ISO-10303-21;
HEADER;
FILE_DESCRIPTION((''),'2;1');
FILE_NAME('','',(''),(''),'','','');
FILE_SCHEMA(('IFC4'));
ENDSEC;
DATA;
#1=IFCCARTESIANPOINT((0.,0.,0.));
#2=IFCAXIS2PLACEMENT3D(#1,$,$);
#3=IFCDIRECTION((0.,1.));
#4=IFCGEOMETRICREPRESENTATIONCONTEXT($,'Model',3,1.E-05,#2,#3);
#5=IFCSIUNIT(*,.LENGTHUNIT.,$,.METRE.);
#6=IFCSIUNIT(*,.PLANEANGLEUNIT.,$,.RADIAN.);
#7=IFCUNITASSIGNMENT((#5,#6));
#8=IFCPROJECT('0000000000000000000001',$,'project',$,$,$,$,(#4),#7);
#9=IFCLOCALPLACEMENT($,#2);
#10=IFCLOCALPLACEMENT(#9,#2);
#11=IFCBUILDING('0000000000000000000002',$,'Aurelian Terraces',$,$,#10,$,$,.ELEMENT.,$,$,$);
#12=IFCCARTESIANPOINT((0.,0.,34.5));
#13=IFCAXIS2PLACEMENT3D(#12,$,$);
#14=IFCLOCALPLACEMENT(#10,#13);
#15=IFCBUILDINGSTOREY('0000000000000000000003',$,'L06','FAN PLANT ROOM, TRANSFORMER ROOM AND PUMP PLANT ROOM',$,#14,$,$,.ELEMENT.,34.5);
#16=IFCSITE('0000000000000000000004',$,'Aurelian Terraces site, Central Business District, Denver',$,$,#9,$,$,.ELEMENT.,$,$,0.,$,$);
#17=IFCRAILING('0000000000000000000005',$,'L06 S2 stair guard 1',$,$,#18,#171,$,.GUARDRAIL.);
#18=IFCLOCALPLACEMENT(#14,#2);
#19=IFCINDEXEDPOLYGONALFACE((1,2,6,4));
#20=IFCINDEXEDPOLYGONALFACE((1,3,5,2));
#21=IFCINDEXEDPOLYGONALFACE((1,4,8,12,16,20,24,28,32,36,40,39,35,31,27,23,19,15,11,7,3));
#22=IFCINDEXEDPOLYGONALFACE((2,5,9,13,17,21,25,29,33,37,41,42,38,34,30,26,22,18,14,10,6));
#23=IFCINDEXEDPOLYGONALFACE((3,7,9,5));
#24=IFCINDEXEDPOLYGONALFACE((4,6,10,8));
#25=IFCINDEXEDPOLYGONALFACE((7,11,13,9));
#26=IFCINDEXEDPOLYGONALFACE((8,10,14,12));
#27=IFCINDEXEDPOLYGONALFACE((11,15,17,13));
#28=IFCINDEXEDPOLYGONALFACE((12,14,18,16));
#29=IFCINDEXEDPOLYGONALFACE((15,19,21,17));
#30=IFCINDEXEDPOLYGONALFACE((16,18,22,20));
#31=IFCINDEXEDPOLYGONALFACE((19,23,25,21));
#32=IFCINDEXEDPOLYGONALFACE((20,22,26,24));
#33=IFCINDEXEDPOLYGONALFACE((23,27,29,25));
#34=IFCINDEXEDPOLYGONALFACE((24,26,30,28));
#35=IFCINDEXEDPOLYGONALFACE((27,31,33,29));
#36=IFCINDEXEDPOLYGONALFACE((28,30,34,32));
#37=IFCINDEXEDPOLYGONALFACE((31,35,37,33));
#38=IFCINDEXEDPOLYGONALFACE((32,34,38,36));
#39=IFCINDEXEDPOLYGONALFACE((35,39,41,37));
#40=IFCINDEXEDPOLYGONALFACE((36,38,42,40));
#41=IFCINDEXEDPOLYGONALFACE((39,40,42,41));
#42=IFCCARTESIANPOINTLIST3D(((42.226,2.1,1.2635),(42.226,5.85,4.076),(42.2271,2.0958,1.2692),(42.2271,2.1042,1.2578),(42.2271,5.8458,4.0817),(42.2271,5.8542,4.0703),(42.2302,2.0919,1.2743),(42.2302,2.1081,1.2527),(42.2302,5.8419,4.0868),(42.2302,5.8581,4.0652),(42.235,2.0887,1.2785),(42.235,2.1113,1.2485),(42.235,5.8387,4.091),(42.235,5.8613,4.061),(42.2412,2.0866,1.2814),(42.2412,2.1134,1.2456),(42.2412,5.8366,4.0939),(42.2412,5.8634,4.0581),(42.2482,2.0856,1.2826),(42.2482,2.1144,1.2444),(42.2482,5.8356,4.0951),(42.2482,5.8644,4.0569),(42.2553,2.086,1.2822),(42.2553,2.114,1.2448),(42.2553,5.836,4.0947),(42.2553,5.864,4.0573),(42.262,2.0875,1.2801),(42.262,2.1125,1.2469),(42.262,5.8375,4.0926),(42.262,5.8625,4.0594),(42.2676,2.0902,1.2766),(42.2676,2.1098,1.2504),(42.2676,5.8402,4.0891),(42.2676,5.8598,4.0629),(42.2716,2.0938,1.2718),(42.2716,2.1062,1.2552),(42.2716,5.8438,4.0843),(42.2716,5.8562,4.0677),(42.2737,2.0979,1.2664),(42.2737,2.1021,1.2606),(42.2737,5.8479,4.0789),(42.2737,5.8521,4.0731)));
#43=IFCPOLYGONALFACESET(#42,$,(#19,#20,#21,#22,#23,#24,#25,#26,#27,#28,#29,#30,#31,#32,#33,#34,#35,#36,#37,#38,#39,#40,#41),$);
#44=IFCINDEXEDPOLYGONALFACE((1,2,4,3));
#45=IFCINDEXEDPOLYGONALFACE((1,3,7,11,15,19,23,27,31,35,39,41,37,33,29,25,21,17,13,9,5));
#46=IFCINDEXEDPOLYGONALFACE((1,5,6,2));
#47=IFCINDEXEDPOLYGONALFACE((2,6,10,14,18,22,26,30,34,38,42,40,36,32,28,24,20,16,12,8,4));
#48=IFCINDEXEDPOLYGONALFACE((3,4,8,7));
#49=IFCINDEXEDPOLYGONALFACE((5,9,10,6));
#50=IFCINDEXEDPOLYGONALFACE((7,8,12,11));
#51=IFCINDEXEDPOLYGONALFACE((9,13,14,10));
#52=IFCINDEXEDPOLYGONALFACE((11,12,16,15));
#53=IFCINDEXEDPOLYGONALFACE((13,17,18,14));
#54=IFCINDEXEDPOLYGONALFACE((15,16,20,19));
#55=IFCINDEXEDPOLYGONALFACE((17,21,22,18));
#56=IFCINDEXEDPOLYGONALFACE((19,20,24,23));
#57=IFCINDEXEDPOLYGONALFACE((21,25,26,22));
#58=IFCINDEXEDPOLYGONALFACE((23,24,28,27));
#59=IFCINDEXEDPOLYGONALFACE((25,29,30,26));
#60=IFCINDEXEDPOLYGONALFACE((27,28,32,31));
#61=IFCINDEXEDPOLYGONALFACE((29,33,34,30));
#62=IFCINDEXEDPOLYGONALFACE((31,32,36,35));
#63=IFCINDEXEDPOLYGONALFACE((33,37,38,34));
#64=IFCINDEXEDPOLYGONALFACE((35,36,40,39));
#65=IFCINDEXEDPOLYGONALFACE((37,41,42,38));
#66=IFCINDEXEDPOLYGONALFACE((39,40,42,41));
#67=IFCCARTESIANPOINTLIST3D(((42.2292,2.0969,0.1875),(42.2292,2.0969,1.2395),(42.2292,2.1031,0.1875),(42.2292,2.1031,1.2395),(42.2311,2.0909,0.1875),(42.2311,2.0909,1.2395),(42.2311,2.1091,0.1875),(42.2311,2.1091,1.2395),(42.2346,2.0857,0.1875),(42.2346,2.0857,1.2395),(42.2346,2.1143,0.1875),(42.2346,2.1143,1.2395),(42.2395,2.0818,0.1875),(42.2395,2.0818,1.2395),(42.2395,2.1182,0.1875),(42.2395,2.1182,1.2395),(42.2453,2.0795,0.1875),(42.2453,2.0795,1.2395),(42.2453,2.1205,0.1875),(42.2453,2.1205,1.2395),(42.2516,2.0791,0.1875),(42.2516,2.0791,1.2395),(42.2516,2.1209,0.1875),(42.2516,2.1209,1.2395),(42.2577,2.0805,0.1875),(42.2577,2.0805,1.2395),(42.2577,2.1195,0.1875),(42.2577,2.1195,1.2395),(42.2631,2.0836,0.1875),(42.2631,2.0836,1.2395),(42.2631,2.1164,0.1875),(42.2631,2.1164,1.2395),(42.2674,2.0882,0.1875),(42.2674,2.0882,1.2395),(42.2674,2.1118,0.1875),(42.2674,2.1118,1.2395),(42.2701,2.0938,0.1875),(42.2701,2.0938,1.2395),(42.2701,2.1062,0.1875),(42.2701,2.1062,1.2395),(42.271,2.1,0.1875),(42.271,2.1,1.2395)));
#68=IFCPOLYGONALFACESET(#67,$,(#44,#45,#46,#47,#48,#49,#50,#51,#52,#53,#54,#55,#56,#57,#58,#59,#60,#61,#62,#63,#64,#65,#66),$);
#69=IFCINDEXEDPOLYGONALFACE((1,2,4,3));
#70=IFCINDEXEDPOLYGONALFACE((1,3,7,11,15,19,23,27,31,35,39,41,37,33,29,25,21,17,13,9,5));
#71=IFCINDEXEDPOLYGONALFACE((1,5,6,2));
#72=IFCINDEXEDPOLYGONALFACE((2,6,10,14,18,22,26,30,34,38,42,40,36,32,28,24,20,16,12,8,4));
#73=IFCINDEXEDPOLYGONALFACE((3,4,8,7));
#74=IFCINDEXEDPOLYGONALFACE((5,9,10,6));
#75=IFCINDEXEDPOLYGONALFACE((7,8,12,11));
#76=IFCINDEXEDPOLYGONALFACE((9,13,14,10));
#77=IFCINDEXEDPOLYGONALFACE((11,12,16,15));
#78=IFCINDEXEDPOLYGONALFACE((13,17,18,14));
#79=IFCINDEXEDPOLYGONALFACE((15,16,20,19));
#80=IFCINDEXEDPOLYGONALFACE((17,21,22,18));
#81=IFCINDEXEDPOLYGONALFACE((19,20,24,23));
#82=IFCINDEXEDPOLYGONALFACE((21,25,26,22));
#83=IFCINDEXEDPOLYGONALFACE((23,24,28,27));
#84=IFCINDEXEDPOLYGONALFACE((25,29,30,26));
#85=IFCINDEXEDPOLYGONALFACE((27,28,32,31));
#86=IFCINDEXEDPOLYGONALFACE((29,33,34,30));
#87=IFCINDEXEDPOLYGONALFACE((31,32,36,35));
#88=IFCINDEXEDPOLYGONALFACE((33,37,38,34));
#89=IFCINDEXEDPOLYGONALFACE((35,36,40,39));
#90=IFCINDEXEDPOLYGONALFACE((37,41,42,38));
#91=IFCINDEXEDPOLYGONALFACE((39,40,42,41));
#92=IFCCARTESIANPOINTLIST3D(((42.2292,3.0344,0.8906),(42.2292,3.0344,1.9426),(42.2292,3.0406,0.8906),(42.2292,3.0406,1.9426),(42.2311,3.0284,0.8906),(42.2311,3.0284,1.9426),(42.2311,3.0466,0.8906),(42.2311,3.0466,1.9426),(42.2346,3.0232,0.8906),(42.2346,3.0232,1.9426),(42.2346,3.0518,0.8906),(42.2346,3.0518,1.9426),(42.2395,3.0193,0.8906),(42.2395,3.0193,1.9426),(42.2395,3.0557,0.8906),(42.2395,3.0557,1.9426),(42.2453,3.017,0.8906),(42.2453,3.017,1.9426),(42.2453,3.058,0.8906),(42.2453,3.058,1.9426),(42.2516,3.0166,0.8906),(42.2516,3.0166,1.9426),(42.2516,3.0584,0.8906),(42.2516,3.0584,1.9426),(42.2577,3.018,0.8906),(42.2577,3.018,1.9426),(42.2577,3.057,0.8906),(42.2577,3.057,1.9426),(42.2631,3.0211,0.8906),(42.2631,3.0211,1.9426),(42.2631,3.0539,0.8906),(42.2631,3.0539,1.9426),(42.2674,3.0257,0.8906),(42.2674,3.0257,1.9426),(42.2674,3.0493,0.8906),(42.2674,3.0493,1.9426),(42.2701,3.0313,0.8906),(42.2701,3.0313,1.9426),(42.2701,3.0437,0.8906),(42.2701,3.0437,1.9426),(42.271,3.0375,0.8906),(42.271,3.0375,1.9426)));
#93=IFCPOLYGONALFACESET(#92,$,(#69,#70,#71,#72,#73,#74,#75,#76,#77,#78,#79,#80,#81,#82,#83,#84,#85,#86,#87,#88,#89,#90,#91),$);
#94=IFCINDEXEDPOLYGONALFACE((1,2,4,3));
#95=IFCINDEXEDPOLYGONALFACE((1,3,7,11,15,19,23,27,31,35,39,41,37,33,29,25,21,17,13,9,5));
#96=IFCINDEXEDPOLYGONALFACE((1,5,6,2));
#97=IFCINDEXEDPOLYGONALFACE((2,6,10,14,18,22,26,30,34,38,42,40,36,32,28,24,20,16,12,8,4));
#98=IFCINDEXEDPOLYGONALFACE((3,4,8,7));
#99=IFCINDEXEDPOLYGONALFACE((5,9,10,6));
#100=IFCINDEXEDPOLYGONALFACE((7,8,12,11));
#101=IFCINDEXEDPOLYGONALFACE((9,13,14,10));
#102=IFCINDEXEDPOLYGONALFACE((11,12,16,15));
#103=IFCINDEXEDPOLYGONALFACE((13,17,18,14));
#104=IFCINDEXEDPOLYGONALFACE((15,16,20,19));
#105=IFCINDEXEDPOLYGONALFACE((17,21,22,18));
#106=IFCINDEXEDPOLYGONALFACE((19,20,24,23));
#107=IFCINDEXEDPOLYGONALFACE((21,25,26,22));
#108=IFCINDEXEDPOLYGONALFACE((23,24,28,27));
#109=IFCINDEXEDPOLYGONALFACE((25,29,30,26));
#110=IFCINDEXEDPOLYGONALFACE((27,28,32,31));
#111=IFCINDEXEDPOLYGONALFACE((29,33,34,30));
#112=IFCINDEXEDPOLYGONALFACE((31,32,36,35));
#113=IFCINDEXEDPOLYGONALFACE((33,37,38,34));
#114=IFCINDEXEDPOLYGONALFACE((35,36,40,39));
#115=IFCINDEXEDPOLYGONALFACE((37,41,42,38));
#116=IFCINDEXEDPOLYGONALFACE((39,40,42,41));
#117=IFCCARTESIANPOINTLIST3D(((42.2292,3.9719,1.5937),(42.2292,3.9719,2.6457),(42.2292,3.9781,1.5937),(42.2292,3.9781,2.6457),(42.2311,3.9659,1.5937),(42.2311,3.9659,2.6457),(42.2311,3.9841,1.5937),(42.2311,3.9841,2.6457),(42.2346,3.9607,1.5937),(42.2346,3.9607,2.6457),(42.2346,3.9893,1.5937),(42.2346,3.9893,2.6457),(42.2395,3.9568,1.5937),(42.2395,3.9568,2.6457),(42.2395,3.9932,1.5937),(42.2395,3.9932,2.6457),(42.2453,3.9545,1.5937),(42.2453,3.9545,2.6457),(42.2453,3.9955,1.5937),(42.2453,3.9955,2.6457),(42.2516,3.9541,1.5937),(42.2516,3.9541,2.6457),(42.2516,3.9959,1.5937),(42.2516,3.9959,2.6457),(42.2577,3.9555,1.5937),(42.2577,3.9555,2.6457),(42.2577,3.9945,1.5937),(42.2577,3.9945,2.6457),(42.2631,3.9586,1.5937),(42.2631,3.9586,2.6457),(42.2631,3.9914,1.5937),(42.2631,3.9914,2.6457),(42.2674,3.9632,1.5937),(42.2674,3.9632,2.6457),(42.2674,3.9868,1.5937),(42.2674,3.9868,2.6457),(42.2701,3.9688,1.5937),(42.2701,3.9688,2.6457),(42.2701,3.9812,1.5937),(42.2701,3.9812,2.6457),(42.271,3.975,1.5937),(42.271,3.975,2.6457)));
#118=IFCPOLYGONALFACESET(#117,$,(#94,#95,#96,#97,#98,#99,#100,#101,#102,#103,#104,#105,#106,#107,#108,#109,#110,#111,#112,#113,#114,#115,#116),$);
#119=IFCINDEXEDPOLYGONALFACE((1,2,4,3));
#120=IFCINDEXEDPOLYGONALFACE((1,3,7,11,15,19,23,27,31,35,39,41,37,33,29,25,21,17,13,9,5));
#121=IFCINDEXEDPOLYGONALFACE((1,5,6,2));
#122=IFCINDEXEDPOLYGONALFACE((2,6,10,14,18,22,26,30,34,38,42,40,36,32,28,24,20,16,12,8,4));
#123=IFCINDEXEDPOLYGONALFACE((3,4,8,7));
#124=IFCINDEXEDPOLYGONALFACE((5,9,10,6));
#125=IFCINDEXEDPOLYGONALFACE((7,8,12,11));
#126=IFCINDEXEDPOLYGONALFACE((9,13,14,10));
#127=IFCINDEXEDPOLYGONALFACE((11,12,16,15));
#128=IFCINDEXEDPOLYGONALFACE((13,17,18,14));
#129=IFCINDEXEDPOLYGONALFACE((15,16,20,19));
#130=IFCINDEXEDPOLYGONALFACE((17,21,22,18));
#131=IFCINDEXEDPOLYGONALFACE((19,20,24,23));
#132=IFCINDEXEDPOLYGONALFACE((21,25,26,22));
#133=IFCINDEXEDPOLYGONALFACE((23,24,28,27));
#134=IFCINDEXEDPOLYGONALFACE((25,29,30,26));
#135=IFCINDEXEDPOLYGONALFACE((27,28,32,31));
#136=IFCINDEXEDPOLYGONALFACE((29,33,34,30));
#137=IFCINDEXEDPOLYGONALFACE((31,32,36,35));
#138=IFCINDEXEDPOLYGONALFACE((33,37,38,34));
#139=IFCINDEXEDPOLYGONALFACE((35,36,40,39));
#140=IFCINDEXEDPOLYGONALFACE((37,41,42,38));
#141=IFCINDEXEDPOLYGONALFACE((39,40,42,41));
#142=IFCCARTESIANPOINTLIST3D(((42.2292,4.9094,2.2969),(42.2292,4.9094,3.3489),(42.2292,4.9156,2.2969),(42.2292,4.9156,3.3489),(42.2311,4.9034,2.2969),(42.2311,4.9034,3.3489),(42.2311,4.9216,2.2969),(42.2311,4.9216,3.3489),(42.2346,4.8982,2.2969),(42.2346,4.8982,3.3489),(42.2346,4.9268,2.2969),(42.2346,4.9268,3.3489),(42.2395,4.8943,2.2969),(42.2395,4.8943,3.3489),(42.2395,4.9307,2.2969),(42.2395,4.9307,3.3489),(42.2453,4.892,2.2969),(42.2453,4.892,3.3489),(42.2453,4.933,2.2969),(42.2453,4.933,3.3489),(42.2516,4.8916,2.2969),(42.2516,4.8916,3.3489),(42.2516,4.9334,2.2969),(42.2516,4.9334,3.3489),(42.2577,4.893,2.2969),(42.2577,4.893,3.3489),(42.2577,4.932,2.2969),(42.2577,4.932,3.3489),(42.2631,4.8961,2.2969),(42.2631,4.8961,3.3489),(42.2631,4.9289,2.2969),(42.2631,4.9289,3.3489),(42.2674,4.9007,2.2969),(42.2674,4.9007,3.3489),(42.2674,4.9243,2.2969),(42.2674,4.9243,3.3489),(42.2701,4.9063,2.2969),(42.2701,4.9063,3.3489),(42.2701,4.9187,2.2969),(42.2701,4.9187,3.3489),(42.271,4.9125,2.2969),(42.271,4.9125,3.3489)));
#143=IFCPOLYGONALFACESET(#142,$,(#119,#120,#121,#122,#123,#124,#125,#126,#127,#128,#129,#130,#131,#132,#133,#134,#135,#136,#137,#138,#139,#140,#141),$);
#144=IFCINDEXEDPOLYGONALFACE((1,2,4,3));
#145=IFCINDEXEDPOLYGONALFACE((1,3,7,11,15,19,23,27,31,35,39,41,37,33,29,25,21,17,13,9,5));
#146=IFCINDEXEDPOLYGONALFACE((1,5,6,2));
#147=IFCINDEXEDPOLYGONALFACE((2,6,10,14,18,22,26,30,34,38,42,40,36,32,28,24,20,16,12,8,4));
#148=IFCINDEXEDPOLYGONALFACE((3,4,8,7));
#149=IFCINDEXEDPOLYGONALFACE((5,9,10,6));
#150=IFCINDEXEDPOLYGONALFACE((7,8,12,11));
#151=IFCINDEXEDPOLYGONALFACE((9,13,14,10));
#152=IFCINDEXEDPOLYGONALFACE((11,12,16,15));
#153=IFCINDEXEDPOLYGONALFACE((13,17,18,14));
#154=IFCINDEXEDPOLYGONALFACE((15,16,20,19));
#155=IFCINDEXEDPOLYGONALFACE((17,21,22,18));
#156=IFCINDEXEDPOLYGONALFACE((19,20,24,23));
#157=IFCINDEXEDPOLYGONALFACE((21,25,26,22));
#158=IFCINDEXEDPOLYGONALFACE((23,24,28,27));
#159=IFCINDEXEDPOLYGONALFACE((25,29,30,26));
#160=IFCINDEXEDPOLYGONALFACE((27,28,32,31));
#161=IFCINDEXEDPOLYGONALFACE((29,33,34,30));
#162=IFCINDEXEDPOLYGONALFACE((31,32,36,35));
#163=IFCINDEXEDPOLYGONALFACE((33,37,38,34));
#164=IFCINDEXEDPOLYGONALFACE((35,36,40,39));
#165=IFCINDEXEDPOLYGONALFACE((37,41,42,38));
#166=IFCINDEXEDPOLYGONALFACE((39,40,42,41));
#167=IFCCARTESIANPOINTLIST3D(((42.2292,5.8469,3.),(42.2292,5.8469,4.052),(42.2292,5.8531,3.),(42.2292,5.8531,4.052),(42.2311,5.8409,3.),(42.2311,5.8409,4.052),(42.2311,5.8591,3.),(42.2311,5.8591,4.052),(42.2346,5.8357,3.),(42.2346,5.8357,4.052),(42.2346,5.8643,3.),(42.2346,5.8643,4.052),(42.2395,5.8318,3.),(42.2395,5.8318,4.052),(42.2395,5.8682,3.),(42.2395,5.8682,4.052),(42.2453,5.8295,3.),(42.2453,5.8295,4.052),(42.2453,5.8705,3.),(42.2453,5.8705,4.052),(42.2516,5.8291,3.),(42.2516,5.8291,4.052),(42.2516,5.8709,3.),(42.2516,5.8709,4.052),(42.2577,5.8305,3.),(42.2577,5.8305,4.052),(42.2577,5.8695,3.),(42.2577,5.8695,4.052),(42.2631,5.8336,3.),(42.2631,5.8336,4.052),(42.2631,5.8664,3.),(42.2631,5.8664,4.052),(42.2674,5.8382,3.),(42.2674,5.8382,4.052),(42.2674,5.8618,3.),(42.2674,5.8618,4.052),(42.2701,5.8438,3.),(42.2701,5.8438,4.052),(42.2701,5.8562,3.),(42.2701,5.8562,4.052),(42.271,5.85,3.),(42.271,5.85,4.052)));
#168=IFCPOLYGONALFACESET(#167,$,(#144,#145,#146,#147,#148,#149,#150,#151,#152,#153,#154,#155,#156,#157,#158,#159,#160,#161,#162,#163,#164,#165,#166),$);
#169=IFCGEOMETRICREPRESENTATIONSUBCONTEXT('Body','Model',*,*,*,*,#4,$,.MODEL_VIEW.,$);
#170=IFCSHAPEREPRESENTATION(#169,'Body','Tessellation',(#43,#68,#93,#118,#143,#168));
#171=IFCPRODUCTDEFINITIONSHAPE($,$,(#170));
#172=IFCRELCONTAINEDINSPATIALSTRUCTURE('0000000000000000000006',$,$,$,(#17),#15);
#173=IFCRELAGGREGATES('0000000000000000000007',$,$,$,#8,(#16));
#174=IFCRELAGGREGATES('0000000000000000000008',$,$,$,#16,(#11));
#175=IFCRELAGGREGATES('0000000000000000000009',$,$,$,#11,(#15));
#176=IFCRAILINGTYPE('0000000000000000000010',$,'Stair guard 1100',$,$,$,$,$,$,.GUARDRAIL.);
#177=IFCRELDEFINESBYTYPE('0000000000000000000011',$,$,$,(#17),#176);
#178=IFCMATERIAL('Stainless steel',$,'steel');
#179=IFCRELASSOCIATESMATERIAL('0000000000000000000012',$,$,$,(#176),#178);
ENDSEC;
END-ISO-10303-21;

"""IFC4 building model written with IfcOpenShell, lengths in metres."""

from ifc_helpers import new_model, si_unit, direction, frame, origin, origin_2d, place, context, subcontext, project, spatial, circle, extrude, source, transform, mapped, material, type_object, element, save


model = new_model("IFC4")

# Units and contexts
model_context = context("Model", 3, precision=1e-05, world=origin(), true_north=direction((0.0, 1.0)))
body_context = subcontext(model_context, "Body", "Model", "MODEL_VIEW")
ifc_project = project(units=[si_unit("LENGTHUNIT", "METRE"), si_unit("PLANEANGLEUNIT", "RADIAN")], contexts=[model_context])

# Site, building, storey
site_placement = place(None, origin())
site = spatial("IfcSite", under=ifc_project, at=site_placement, Name="Aurelian Terraces site, Central Business District, Denver", CompositionType="ELEMENT", RefElevation=0.0)
building_placement = place(site_placement, origin())
building = spatial("IfcBuilding", under=site, at=building_placement, Name="Aurelian Terraces", CompositionType="ELEMENT")
storey_placement = place(building_placement, frame((0.0, 0.0, 34.5)))
storey = spatial("IfcBuildingStorey", under=building, at=storey_placement, Name="L06", Description="FAN PLANT ROOM, TRANSFORMER ROOM AND PUMP PLANT ROOM", CompositionType="ELEMENT", Elevation=34.5)

# Railing
ifc_material_1 = material(Name="Stainless steel", Category="steel")
railing_type_1 = type_object("IfcRailingType", Name="Stair guard 1100", PredefinedType="GUARDRAIL", material=ifc_material_1)
shared_shape_1 = source(origin(), body_context, "Body", "SweptSolid", [
    extrude(circle(Radius=0.024, at=origin_2d()), frame((0.0, 0.0, 1.076), z_axis=(0.0, 0.8, 0.6), x_axis=(-1.0, 0.0, 0.0)), (0.0, 0.0, 1.0), 4.6875),
    extrude(circle(Radius=0.021, at=origin_2d()), origin(), (0.0, 0.0, 1.0), 1.052),
    extrude(circle(Radius=0.021, at=origin_2d()), frame((0.0, 0.9375, 0.7031)), (0.0, 0.0, 1.0), 1.052),
    extrude(circle(Radius=0.021, at=origin_2d()), frame((0.0, 1.875, 1.4062)), (0.0, 0.0, 1.0), 1.052),
    extrude(circle(Radius=0.021, at=origin_2d()), frame((0.0, 2.8125, 2.1094)), (0.0, 0.0, 1.0), 1.052),
    extrude(circle(Radius=0.021, at=origin_2d()), frame((0.0, 3.75, 2.8125)), (0.0, 0.0, 1.0), 1.052),
])
railing_1_placement = place(storey_placement, frame((42.25, 2.1, 0.1875)))
element("IfcRailing", 1, at=railing_1_placement, inside=storey, type_object=railing_type_1, Name="L06 S2 stair guard 1", PredefinedType="GUARDRAIL", context=body_context, shape_type="MappedRepresentation", body=[
    mapped(shared_shape_1, transform((0.0, 0.0, 0.0), scale=1.0)),
])

save(model, "model.ifc")
